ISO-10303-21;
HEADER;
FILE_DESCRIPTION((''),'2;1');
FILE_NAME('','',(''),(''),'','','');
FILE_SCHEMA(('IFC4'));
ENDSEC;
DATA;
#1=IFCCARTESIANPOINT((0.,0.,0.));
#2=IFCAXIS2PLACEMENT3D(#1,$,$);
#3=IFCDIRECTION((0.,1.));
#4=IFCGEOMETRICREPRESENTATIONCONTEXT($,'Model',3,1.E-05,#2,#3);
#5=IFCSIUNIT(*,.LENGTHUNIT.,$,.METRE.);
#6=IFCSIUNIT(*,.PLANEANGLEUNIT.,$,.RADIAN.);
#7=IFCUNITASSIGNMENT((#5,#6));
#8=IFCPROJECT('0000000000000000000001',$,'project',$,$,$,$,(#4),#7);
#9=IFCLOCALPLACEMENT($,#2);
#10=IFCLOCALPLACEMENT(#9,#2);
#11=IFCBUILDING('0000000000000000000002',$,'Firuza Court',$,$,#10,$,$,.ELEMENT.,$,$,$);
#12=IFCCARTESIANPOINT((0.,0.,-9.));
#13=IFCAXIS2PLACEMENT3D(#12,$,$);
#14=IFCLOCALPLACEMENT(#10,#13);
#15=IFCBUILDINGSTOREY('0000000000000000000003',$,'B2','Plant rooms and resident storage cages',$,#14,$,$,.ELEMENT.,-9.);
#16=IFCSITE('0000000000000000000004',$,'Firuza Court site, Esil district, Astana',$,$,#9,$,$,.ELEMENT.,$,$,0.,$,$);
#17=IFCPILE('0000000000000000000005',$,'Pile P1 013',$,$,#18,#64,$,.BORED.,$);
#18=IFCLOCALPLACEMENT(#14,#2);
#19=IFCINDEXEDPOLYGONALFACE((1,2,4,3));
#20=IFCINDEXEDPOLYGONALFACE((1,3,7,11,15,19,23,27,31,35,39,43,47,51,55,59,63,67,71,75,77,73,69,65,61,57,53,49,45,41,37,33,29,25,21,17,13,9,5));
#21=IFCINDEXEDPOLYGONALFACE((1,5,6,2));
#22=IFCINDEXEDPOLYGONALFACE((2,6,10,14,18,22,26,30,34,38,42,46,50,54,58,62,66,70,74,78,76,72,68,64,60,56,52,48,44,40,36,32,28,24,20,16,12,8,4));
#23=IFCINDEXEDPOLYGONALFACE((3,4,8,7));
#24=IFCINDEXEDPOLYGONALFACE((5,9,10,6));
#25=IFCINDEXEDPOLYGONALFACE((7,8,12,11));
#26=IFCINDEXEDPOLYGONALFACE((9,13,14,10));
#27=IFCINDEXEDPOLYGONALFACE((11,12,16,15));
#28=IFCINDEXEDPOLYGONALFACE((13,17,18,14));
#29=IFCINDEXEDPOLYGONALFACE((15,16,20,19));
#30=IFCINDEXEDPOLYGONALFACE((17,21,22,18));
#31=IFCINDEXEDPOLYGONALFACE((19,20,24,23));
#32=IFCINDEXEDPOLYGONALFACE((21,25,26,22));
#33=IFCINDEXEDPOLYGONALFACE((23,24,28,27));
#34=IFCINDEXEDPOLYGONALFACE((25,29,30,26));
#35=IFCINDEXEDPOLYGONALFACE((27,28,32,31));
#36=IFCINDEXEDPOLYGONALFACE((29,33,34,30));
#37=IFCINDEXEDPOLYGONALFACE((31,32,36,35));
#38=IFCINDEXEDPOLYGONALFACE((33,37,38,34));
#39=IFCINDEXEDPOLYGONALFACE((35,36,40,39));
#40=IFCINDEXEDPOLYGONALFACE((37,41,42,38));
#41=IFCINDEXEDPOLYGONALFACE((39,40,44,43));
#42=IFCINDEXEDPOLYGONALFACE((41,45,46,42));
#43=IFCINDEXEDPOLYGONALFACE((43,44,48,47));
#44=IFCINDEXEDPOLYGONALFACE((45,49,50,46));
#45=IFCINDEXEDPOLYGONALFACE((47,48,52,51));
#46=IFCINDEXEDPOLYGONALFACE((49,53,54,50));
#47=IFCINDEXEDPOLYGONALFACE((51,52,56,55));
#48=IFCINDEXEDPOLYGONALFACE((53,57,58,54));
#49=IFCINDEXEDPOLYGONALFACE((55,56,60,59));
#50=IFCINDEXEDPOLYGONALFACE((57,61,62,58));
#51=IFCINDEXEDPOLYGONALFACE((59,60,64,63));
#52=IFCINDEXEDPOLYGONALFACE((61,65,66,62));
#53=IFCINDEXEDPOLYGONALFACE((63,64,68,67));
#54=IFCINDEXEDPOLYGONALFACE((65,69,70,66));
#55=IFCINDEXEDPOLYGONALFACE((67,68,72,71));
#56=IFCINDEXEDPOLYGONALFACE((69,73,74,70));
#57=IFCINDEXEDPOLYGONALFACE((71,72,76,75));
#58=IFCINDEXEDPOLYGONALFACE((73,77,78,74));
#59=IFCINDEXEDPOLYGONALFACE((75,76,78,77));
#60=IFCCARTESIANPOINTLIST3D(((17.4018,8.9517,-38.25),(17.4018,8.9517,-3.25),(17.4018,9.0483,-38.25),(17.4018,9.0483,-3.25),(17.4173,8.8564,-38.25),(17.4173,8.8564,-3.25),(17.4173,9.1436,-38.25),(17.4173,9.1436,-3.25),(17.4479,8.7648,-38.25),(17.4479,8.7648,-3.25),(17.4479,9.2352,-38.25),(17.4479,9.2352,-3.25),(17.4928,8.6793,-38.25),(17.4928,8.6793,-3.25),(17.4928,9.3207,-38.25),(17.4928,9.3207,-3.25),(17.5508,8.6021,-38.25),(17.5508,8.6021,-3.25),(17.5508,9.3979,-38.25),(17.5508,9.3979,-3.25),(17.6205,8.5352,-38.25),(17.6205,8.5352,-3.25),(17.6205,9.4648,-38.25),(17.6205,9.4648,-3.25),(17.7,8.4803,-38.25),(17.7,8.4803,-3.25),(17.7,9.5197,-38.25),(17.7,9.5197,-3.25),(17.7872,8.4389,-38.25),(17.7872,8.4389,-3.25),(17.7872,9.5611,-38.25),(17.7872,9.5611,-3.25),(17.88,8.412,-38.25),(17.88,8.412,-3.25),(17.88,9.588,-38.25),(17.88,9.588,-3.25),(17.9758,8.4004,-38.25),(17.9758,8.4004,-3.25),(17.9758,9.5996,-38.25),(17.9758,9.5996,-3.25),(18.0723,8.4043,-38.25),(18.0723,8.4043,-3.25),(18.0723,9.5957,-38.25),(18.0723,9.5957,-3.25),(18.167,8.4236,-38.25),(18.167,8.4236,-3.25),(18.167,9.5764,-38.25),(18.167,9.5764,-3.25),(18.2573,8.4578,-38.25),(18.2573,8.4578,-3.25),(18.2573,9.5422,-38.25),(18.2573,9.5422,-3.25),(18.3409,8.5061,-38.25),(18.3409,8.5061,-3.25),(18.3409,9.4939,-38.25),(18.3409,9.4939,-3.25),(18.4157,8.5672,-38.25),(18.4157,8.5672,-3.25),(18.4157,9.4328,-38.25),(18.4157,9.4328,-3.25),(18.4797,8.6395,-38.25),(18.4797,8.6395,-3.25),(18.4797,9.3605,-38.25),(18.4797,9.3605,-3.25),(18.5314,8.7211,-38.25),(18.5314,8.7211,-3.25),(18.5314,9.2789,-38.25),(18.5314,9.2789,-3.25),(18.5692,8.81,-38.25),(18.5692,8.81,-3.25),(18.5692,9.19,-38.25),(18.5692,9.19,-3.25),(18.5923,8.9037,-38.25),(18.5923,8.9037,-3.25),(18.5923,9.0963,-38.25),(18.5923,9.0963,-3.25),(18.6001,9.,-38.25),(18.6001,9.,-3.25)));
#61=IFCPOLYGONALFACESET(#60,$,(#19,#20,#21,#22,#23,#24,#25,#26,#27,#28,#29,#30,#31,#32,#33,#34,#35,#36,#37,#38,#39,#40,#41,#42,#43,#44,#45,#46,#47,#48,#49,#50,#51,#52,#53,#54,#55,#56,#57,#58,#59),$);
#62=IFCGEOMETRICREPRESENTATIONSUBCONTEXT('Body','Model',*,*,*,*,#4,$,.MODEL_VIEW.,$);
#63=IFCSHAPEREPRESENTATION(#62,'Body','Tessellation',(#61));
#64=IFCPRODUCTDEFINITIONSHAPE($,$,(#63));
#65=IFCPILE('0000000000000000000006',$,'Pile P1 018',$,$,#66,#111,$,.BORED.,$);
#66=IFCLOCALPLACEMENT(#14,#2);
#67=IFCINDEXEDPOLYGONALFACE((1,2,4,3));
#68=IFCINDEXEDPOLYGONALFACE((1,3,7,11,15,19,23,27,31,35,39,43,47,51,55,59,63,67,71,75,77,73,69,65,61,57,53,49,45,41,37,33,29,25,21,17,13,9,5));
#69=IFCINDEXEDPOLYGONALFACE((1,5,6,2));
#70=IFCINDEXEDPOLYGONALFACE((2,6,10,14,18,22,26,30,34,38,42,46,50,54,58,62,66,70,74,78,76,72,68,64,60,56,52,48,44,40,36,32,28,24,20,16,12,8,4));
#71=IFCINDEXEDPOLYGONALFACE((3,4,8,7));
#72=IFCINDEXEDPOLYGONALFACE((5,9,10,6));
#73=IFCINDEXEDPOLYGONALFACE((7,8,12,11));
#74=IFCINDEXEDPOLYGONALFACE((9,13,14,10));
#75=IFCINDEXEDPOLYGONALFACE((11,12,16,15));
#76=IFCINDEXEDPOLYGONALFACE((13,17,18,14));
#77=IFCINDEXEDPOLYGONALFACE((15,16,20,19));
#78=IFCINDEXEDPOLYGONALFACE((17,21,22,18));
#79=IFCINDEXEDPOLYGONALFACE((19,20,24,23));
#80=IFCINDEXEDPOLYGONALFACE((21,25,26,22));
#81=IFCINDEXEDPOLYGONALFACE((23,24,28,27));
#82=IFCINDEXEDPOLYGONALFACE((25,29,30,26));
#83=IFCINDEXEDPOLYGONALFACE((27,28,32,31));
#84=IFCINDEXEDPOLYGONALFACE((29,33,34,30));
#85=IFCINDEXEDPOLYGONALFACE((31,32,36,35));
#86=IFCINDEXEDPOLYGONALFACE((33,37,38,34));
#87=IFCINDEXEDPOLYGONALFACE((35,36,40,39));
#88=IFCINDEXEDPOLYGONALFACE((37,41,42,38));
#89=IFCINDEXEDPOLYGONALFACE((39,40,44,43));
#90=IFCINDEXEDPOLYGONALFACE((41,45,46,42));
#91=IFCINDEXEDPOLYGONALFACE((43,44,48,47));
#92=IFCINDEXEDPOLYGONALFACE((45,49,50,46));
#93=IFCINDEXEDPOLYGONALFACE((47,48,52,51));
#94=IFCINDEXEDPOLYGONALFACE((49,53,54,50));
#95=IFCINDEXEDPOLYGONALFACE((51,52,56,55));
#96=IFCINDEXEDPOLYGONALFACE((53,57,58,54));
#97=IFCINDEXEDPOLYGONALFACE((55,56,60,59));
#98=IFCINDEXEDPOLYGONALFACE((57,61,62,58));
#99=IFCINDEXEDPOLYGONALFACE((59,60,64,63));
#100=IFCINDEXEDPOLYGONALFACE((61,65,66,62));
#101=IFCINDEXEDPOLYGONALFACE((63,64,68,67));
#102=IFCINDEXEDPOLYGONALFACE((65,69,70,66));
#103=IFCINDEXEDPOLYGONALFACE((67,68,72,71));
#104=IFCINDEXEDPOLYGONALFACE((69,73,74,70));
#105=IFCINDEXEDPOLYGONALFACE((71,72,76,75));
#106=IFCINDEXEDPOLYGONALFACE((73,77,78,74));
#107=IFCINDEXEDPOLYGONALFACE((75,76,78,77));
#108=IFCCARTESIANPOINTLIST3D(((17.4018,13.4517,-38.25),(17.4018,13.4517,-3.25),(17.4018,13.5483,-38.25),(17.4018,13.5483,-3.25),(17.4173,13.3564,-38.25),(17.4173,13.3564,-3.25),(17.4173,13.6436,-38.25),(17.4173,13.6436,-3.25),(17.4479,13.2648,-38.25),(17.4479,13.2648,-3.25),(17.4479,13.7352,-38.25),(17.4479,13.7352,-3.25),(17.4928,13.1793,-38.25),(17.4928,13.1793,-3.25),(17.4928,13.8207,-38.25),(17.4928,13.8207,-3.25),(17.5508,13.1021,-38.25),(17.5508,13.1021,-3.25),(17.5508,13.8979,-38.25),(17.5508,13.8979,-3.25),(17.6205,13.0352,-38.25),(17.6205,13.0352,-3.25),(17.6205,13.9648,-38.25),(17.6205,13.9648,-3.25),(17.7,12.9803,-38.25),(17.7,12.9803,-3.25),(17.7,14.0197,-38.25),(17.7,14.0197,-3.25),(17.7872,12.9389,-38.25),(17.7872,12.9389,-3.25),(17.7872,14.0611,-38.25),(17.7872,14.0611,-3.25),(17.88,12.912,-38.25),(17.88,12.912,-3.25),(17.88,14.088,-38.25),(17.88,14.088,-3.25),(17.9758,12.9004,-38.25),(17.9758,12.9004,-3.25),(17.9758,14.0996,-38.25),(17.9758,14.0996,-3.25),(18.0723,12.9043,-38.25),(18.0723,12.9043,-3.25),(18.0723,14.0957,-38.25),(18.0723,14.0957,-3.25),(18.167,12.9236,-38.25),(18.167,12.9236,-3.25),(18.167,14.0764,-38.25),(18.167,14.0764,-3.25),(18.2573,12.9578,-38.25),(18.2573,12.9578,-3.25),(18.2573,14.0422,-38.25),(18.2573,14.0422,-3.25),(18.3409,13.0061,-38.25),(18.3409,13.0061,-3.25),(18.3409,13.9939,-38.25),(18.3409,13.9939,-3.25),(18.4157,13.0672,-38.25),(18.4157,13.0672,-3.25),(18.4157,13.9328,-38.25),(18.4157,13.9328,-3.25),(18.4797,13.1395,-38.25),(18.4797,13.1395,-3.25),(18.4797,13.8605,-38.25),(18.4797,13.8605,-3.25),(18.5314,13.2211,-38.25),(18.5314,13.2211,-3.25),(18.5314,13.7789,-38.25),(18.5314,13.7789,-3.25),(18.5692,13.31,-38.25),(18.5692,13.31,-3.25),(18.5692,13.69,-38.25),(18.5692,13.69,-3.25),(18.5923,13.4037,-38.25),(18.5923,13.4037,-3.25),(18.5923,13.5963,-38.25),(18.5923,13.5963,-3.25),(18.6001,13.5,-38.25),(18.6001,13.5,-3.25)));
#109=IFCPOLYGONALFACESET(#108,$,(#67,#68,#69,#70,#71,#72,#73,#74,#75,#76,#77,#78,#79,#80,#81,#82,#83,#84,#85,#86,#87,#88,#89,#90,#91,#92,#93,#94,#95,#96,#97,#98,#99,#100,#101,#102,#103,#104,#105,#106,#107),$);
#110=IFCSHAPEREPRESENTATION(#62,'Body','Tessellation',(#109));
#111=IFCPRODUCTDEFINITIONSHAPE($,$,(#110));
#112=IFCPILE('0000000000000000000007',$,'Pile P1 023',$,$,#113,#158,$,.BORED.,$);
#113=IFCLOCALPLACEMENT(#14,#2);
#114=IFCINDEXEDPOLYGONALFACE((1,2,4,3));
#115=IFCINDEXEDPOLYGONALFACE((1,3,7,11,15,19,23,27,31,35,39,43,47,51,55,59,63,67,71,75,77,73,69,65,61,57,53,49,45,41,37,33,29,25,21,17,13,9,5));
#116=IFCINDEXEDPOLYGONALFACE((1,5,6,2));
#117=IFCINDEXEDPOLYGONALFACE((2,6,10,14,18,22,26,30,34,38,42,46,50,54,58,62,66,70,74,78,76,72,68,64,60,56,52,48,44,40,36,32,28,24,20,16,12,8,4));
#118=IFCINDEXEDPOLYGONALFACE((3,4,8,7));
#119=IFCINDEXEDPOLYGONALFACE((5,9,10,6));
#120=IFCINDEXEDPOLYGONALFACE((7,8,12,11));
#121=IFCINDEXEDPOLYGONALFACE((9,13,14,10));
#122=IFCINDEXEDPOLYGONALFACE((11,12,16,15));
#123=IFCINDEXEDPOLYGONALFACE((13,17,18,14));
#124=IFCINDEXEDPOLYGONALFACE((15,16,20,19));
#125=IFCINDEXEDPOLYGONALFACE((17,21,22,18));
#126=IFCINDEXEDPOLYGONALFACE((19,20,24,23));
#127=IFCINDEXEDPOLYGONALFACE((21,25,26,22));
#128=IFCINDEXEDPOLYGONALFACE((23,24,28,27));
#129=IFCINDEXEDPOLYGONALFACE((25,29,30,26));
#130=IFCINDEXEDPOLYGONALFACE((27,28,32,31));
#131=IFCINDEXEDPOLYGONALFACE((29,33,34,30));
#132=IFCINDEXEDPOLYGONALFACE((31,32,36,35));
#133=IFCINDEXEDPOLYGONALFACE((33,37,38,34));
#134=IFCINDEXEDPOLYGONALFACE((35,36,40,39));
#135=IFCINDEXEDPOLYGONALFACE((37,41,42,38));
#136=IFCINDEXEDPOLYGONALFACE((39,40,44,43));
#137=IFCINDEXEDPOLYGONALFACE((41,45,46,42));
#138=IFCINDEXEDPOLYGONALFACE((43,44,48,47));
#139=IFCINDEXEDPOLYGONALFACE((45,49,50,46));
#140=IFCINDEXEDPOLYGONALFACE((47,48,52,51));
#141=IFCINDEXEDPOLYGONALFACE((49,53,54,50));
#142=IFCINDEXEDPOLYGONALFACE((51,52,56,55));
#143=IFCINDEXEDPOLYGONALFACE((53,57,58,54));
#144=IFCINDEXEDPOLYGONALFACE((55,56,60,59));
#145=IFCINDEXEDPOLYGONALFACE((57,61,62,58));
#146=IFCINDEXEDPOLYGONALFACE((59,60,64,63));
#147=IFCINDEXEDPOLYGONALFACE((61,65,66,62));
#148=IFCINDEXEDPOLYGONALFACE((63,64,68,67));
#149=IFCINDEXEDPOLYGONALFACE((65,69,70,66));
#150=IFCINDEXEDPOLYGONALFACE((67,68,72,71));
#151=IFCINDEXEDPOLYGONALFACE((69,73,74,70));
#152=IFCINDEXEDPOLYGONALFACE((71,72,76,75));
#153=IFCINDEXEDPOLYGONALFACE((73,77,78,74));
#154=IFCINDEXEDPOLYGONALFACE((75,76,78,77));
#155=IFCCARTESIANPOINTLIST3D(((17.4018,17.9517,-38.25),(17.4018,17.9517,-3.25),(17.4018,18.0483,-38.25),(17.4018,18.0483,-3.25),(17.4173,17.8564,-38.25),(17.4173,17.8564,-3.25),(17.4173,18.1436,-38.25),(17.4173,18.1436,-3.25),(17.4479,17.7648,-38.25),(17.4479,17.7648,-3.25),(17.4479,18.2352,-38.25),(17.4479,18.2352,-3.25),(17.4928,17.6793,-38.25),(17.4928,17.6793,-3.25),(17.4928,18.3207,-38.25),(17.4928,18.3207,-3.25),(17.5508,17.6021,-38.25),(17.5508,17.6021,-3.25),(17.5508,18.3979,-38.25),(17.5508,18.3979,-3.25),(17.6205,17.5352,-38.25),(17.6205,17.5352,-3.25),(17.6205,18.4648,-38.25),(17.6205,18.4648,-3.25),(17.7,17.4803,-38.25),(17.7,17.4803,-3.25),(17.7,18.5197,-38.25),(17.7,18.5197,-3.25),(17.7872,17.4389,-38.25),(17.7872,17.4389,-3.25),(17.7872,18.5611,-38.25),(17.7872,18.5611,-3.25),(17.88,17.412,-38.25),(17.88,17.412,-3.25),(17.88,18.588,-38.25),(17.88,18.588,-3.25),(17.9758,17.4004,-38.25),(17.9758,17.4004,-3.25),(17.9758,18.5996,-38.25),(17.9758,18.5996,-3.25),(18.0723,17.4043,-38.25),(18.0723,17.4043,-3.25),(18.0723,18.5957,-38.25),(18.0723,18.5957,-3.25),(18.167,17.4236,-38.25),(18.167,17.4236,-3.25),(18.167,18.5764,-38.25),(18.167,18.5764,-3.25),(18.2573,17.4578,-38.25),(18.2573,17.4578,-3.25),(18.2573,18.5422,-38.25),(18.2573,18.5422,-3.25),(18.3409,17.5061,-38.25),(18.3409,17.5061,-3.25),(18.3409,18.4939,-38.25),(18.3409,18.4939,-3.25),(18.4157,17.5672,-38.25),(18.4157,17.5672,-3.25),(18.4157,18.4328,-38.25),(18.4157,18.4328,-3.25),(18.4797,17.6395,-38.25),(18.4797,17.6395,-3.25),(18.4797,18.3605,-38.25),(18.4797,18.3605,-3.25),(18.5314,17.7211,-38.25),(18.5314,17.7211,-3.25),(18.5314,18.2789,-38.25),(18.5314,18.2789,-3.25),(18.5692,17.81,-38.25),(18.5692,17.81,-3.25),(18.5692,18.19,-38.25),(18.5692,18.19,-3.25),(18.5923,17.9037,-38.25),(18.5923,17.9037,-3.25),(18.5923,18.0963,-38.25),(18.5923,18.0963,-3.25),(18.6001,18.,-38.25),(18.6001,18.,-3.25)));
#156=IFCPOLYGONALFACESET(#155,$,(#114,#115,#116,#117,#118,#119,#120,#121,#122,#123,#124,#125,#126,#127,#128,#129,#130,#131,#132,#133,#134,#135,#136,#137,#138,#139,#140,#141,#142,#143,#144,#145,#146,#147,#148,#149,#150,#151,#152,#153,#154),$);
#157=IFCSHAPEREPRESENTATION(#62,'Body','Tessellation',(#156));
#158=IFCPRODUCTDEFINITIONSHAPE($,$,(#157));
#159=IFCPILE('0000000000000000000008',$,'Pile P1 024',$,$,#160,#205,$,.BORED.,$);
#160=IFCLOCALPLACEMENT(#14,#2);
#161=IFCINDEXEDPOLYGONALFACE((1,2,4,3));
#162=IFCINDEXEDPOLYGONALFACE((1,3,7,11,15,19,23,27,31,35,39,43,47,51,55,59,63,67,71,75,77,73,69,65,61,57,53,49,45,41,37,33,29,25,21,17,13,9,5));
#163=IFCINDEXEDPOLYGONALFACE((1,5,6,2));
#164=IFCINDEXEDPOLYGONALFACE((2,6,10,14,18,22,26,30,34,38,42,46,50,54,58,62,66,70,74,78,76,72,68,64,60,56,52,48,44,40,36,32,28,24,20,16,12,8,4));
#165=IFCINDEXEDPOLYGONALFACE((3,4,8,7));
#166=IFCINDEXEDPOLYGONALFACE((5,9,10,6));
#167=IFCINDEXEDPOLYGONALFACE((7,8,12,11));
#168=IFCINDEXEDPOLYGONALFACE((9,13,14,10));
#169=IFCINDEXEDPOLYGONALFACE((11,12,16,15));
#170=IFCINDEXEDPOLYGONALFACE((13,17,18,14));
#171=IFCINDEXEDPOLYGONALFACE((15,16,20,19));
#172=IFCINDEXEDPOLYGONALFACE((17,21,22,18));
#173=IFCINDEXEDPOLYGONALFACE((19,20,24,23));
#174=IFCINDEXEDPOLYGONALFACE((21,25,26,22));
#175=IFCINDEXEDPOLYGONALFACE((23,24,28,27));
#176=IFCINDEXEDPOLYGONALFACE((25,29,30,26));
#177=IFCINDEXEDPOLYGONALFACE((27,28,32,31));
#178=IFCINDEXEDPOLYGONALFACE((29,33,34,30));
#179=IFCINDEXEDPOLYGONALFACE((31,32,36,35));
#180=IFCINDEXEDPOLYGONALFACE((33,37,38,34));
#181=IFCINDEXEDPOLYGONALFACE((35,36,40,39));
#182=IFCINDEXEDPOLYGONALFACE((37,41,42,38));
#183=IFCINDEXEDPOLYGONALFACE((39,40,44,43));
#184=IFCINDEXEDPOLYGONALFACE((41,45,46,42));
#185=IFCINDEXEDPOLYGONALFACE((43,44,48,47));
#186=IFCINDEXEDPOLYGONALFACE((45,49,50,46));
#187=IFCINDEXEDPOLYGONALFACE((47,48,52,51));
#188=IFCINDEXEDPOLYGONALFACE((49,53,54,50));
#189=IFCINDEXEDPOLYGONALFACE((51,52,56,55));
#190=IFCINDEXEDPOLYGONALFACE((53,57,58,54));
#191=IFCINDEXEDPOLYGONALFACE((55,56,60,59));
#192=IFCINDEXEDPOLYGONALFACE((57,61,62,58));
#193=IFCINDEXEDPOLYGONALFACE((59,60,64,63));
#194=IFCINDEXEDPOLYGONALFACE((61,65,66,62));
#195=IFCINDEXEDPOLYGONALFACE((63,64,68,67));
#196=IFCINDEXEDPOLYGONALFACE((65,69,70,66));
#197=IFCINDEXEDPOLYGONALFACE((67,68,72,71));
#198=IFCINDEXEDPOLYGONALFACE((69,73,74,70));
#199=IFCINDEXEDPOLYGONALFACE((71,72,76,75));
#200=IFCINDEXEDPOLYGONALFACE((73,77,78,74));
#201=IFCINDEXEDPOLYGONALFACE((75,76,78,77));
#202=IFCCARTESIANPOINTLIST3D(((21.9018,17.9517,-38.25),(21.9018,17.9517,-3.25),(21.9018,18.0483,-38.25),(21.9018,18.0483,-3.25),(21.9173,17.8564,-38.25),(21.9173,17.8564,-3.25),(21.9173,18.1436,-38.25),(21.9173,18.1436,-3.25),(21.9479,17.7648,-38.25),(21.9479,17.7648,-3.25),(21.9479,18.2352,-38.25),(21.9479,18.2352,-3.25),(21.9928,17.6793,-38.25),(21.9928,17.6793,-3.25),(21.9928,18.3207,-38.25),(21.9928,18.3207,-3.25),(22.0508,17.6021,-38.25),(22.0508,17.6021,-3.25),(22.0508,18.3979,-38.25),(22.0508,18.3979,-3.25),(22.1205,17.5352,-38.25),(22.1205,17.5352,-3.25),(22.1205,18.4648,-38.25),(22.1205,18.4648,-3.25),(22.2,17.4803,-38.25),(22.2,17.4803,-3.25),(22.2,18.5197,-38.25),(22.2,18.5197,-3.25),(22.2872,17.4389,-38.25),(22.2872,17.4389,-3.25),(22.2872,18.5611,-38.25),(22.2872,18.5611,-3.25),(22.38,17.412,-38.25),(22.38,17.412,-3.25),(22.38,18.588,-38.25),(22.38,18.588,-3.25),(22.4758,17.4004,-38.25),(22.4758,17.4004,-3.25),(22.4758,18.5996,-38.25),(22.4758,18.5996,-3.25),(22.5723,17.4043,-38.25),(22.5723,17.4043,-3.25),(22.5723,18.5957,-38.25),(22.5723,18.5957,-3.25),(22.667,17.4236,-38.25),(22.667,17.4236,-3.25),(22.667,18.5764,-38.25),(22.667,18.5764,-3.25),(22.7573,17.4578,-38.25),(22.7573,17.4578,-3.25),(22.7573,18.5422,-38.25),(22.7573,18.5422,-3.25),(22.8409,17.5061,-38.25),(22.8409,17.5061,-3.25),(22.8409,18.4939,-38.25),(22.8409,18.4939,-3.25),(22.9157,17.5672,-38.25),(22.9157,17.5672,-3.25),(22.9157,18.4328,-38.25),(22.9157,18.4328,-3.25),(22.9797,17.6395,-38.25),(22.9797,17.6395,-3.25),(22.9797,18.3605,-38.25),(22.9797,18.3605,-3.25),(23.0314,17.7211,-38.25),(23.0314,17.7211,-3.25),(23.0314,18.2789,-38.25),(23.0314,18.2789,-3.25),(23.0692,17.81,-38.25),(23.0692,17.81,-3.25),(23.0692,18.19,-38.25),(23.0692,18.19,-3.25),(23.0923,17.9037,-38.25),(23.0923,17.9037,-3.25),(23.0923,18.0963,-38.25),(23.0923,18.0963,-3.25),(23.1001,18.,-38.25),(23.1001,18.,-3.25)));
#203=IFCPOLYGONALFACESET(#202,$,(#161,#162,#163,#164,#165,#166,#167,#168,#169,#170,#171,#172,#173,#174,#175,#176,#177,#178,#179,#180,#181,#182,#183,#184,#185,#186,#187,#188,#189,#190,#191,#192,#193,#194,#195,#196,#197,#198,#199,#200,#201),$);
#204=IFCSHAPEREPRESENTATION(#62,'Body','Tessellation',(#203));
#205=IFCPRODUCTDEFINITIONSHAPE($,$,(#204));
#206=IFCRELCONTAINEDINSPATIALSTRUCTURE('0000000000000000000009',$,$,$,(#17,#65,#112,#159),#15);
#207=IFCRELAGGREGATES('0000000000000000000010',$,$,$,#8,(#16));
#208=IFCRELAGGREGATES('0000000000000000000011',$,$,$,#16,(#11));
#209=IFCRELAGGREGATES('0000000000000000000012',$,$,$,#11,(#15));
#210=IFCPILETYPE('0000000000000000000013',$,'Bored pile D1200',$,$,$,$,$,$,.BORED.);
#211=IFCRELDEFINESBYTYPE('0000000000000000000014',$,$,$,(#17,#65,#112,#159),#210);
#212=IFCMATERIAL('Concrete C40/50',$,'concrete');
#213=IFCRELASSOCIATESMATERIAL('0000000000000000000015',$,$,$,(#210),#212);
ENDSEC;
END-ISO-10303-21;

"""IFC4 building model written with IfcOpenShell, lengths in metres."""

from ifc_helpers import new_model, si_unit, direction, frame, origin, origin_2d, place, context, subcontext, project, spatial, circle, extrude, material, material_profile, profile_set, type_object, element, save


model = new_model("IFC4")

# Units and contexts
model_context = context("Model", 3, precision=1e-05, world=origin(), true_north=direction((0.0, 1.0)))
body_context = subcontext(model_context, "Body", "Model", "MODEL_VIEW")
ifc_project = project(units=[si_unit("LENGTHUNIT", "METRE"), si_unit("PLANEANGLEUNIT", "RADIAN")], contexts=[model_context])

# Site, building, storey
site_placement = place(None, origin())
site = spatial("IfcSite", under=ifc_project, at=site_placement, Name="Firuza Court site, Esil district, Astana", CompositionType="ELEMENT", RefElevation=0.0)
building_placement = place(site_placement, origin())
building = spatial("IfcBuilding", under=site, at=building_placement, Name="Firuza Court", CompositionType="ELEMENT")
storey_placement = place(building_placement, frame((0.0, 0.0, -9.0)))
storey = spatial("IfcBuildingStorey", under=building, at=storey_placement, Name="B2", Description="Plant rooms and resident storage cages", CompositionType="ELEMENT", Elevation=-9.0)

# Piles
ifc_material_1 = material(Name="Concrete C40/50", Category="concrete")
ifc_material_profile_1 = material_profile(ifc_material_1, circle(Radius=0.6001, at=origin_2d()), Name="Pile D1200")
ifc_profile_set_1 = profile_set([ifc_material_profile_1], Name="Concrete C40/50")
pile_type = type_object("IfcPileType", Name="Bored pile D1200", PredefinedType="BORED", material=ifc_profile_set_1)
for number, where, z_axis, x_axis, name in (
    (1, (18.0, 9.0, -3.25), (0.0, 0.0, -1.0), (1.0, 0.0, 0.0), "Pile P1 013"),
    (2, (18.0, 13.5, -3.25), (0.0, 0.0, -1.0), (1.0, 0.0, 0.0), "Pile P1 018"),
    (3, (18.0, 18.0, -3.25), (0.0, 0.0, -1.0), (1.0, 0.0, 0.0), "Pile P1 023"),
    (4, (22.5, 18.0, -3.25), (0.0, 0.0, -1.0), (1.0, 0.0, 0.0), "Pile P1 024"),
):
    element("IfcPile", number, at=place(storey_placement, frame(where, z_axis=z_axis, x_axis=x_axis)), inside=storey, type_object=pile_type, Name=name, PredefinedType="BORED", context=body_context, shape_type="SweptSolid", body=[
        extrude(circle(Radius=0.6001, at=origin_2d()), origin(), (0.0, 0.0, 1.0), 35.0),
    ])

save(model, "model.ifc")
